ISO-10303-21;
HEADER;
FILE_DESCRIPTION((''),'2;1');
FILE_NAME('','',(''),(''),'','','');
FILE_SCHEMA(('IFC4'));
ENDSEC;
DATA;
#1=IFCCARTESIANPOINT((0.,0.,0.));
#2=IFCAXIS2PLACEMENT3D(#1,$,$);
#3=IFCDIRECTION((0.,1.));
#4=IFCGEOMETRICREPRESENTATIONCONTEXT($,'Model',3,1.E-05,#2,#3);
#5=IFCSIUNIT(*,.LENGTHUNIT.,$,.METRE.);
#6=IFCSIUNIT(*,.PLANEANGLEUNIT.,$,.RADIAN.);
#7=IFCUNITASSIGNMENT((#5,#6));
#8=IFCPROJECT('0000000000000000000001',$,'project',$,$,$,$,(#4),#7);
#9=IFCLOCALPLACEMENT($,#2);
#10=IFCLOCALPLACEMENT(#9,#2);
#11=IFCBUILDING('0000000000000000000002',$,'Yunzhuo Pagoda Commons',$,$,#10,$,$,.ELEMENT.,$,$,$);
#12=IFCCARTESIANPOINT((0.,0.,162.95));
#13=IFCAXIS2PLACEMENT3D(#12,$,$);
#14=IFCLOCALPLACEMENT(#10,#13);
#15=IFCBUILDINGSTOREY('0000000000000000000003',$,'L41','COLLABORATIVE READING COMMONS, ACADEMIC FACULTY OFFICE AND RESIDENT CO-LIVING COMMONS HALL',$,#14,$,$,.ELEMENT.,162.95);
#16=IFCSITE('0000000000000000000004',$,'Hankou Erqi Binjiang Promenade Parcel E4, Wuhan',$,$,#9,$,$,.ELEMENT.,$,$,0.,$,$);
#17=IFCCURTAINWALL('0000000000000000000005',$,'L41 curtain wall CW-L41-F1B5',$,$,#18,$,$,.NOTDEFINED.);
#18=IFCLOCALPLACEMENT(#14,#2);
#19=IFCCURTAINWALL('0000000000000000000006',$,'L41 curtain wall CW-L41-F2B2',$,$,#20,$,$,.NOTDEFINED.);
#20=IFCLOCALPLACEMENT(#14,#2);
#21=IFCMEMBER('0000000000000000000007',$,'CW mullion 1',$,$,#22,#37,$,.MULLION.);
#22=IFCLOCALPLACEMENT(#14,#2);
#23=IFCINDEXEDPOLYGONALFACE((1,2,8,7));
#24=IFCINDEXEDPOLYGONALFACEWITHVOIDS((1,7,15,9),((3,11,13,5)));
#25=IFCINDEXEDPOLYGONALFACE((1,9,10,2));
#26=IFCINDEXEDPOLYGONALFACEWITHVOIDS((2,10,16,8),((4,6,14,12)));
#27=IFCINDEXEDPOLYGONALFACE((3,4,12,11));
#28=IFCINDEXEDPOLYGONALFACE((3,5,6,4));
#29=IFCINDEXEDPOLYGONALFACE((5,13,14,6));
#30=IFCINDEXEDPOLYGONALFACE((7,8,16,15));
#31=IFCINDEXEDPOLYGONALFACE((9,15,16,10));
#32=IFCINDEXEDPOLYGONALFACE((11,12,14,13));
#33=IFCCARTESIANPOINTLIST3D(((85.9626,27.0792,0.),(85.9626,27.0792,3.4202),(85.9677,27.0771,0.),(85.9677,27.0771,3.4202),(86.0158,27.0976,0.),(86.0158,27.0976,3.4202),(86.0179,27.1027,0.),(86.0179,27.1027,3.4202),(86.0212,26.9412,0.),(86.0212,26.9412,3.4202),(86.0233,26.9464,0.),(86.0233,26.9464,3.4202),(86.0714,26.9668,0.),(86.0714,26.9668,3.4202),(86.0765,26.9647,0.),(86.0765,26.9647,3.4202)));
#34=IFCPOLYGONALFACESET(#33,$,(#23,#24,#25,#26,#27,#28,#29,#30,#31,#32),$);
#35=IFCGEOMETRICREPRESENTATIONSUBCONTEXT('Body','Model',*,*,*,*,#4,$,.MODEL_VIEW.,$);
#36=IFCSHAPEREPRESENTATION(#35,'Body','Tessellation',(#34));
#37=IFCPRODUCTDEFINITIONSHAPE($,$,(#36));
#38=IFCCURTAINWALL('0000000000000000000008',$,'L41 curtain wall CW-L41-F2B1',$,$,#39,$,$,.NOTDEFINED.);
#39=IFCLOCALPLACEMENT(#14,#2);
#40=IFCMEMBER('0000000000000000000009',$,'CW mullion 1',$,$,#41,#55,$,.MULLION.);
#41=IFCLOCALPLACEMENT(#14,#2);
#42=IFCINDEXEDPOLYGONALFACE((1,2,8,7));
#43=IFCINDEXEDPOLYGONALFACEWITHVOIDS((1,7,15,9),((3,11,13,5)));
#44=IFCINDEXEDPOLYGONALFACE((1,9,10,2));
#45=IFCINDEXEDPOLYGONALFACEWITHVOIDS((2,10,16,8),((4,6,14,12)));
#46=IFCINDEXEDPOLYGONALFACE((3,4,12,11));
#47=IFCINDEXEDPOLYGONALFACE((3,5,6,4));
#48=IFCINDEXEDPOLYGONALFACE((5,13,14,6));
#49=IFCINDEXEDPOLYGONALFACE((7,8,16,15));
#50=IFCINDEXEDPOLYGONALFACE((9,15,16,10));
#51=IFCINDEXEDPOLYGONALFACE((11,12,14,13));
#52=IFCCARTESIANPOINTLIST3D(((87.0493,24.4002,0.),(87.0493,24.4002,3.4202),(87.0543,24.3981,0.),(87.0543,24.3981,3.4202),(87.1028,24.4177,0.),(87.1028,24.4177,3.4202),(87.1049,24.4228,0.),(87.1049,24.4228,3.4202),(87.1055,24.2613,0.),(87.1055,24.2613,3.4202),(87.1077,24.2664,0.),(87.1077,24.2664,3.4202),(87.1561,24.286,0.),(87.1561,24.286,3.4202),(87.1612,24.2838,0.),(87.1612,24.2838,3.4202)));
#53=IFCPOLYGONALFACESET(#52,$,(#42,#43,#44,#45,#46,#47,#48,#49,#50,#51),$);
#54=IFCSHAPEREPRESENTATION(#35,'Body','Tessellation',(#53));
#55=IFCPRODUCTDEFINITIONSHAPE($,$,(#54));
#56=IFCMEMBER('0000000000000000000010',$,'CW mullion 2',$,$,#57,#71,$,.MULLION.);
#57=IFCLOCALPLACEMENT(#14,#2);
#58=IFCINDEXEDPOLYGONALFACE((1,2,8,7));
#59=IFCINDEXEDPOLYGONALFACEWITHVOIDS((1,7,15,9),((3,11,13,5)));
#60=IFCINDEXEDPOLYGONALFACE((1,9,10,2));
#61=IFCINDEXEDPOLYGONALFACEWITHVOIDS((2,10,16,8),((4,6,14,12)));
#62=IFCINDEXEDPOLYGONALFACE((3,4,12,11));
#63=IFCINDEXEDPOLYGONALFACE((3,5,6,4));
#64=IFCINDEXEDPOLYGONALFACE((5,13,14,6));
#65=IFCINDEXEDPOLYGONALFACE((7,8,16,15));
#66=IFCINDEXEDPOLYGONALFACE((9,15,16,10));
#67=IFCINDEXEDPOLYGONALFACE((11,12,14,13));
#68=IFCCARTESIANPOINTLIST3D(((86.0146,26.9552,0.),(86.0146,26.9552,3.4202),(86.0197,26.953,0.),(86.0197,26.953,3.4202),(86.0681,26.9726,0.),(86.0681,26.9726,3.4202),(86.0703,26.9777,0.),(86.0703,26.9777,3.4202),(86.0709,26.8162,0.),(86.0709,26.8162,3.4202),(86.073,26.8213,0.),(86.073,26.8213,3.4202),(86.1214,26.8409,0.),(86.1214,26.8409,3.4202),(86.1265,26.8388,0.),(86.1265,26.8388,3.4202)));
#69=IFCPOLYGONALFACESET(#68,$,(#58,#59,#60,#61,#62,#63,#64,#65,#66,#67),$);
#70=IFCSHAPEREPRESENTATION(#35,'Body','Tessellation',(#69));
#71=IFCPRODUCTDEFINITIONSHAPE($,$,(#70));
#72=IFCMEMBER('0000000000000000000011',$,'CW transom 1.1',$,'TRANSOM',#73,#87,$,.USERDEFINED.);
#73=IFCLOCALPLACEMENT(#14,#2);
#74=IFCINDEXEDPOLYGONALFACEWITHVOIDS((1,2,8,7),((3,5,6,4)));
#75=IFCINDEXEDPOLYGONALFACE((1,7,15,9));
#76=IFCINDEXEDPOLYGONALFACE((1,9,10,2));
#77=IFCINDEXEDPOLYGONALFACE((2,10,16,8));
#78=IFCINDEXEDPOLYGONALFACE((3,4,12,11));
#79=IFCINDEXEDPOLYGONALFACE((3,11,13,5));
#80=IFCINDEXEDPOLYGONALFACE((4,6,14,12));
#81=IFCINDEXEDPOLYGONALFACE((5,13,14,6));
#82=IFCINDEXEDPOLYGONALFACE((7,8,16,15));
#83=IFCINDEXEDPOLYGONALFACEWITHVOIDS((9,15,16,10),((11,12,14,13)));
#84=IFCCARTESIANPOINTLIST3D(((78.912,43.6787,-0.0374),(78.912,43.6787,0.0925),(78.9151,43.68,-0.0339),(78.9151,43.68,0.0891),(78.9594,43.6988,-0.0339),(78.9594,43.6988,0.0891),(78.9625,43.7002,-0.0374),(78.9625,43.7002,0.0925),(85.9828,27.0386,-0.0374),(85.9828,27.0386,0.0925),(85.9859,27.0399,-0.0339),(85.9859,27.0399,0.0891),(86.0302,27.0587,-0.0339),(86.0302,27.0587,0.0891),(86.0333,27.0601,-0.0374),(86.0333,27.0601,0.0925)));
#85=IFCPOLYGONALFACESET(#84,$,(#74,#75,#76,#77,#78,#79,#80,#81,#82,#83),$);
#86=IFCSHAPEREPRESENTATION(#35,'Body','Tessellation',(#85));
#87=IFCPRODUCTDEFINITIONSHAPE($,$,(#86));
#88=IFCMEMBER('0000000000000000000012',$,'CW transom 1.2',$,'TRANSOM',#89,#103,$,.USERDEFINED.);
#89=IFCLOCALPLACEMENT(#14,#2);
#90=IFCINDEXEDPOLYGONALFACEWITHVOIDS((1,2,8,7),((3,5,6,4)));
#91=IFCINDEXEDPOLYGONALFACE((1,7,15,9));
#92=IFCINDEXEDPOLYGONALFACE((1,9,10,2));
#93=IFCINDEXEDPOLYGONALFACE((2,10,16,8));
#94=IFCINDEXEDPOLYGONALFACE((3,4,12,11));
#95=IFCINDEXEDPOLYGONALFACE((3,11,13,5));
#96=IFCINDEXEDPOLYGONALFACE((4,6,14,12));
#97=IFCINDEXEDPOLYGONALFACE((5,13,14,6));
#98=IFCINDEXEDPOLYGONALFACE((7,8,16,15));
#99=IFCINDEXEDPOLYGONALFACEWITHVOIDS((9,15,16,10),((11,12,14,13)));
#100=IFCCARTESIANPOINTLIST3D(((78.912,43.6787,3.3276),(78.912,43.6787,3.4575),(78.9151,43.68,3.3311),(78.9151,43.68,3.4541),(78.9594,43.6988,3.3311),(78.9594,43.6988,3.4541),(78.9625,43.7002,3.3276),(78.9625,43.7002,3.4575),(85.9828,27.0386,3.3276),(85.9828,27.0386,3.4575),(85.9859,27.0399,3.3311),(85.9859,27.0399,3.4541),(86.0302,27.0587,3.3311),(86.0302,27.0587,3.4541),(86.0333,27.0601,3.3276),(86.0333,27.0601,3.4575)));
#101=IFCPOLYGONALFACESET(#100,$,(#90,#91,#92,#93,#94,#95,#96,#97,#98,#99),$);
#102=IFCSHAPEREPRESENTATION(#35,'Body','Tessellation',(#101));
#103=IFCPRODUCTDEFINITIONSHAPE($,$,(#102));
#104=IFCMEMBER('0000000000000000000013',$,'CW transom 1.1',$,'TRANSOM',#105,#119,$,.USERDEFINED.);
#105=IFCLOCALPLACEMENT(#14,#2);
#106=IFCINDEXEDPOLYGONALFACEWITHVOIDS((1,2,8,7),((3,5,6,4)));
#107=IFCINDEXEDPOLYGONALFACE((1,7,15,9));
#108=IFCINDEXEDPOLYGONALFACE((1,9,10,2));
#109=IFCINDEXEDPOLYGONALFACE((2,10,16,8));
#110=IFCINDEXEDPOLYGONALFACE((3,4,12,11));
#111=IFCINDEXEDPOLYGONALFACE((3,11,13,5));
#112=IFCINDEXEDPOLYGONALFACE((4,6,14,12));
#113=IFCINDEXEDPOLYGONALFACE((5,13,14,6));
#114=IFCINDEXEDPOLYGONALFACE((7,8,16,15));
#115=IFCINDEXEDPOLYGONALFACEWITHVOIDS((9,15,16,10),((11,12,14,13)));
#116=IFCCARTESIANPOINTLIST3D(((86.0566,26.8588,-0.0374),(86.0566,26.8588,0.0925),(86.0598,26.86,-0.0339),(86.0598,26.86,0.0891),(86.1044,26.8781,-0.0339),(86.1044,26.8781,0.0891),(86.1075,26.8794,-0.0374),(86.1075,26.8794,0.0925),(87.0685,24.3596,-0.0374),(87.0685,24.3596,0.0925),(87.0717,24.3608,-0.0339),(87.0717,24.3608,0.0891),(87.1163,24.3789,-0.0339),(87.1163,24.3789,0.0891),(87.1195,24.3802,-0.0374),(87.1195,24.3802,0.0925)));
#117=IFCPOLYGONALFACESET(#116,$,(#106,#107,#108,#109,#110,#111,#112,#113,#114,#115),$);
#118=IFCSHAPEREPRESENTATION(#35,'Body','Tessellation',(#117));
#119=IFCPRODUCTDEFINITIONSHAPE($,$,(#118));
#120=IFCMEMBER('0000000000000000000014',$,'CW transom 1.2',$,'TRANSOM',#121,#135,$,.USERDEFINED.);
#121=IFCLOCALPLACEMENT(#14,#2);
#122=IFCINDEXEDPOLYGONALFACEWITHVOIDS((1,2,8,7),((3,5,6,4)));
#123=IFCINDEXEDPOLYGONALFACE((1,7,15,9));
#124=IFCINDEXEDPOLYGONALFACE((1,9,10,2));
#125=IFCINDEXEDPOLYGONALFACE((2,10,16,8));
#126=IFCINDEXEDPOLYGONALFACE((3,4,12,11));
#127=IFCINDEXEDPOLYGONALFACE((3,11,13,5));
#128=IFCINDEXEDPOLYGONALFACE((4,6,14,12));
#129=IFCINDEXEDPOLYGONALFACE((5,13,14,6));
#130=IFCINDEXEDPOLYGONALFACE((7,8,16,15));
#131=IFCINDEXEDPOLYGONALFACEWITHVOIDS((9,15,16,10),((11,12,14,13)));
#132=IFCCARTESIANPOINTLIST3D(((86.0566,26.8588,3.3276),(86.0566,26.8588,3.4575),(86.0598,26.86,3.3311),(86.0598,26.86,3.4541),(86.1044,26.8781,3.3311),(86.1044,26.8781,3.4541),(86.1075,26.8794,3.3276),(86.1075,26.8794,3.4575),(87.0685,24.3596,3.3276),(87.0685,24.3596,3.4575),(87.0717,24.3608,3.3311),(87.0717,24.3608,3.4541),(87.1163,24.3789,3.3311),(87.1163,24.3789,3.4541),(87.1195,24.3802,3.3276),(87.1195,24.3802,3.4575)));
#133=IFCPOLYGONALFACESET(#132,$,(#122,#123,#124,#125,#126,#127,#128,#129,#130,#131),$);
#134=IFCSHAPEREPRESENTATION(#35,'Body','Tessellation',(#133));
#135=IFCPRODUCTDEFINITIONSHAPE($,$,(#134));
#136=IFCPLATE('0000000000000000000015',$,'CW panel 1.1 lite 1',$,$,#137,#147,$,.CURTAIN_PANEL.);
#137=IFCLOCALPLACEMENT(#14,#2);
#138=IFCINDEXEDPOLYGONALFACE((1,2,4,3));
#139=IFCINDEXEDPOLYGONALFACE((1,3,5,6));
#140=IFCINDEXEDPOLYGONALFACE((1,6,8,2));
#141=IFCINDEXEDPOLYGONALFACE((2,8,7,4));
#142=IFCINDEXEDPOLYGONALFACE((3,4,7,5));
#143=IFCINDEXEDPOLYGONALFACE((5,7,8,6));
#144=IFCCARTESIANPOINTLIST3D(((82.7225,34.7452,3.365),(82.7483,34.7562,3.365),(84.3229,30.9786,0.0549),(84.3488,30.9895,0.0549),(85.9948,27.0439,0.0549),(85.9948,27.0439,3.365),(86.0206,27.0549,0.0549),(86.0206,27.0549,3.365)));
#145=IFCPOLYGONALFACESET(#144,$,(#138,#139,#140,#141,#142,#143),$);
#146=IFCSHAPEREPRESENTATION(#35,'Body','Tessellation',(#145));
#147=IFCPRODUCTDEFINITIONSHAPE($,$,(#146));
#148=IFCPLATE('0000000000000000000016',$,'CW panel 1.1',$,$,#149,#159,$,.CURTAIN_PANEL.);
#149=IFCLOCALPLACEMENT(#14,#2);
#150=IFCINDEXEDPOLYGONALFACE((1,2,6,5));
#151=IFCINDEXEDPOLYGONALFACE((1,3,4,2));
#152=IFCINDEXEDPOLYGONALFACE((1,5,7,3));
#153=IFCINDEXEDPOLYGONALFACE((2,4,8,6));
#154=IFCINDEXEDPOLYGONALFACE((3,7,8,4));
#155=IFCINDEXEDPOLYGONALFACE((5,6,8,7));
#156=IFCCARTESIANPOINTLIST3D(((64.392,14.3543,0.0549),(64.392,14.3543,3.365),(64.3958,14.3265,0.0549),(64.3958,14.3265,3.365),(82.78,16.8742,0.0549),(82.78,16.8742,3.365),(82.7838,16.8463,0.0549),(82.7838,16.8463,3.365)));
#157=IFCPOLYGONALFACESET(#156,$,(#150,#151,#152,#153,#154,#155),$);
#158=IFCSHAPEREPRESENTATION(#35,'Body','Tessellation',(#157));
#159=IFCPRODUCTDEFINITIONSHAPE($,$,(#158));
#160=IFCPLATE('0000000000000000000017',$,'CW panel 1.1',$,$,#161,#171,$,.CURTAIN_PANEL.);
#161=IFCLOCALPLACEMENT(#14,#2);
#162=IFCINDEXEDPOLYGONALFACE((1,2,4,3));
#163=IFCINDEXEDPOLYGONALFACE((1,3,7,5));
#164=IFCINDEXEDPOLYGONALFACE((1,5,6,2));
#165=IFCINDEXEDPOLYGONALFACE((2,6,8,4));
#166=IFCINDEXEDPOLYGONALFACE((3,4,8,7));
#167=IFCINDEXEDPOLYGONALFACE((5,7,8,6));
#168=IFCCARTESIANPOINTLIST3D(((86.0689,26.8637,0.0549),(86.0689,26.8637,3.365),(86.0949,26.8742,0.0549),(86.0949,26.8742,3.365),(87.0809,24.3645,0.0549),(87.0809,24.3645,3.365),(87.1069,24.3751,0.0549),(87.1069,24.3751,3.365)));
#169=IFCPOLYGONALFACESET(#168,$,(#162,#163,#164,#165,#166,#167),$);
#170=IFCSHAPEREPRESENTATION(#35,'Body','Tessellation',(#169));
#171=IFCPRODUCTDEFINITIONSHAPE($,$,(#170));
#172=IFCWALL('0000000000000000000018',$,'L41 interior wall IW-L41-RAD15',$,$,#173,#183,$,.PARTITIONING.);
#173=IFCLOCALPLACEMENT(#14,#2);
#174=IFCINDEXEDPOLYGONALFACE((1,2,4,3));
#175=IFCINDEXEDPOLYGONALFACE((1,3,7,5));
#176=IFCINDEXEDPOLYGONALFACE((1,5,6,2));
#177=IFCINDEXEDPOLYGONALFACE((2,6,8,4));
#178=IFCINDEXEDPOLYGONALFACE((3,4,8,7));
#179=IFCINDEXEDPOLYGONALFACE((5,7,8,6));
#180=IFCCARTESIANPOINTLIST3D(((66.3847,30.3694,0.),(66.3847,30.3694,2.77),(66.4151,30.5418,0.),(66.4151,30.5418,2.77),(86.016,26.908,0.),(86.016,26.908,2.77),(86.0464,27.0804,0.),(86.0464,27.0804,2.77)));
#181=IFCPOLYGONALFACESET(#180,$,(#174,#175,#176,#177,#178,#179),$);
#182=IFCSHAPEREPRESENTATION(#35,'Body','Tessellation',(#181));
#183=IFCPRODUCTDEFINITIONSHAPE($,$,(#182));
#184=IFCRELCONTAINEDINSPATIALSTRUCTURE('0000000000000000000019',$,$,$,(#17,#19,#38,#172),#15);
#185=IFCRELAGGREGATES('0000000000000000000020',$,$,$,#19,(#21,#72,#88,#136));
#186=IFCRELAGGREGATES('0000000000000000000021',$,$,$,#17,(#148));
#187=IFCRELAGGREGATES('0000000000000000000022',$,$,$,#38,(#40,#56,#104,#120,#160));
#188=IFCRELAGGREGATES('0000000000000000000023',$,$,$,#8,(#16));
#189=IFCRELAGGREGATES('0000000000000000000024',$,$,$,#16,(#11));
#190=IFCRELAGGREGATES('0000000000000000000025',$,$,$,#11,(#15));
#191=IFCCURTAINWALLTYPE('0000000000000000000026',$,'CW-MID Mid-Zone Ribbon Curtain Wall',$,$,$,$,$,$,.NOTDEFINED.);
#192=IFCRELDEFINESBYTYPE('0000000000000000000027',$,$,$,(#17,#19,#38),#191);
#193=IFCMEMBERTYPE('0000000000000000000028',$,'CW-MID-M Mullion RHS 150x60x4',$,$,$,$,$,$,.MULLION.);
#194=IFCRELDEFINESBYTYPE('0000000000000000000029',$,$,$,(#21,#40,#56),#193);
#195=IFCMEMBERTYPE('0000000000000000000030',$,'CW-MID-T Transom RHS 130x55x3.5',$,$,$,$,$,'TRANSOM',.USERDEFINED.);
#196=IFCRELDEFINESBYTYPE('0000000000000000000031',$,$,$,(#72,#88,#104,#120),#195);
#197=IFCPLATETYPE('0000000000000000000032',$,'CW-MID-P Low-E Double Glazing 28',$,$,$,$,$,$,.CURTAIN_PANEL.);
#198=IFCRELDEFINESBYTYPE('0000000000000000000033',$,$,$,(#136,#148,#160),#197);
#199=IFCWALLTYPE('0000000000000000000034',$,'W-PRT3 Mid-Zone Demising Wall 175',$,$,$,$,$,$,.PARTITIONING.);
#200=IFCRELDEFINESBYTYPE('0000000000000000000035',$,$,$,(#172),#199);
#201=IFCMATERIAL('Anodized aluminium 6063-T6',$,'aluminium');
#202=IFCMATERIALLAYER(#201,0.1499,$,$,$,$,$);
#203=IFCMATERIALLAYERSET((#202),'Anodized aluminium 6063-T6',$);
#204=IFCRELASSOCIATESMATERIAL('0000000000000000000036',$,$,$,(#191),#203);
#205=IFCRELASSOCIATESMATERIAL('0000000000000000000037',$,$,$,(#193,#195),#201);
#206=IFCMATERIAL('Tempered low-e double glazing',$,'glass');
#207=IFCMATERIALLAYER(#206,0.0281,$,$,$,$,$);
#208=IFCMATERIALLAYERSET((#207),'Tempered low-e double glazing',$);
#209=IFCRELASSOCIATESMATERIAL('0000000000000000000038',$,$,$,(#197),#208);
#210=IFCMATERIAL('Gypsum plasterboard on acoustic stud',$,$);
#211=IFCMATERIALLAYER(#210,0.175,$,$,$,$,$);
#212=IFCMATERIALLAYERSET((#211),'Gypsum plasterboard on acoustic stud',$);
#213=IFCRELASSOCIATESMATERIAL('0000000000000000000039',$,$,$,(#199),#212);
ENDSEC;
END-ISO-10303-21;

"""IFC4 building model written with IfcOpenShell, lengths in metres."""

from ifc_helpers import new_model, si_unit, direction, frame, frame_2d, origin, origin_2d, place, context, subcontext, project, spatial, polyline, rectangle, hollow_rectangle, outline, extrude, source, transform, mapped, material, layer, layer_set, material_profile, profile_set, type_object, element, aggregate, save


model = new_model("IFC4")

# Units and contexts
model_context = context("Model", 3, precision=1e-05, world=origin(), true_north=direction((0.0, 1.0)))
body_context = subcontext(model_context, "Body", "Model", "MODEL_VIEW")
ifc_project = project(units=[si_unit("LENGTHUNIT", "METRE"), si_unit("PLANEANGLEUNIT", "RADIAN")], contexts=[model_context])

# Site, building, storey
site_placement = place(None, origin())
site = spatial("IfcSite", under=ifc_project, at=site_placement, Name="Hankou Erqi Binjiang Promenade Parcel E4, Wuhan", CompositionType="ELEMENT", RefElevation=0.0)
building_placement = place(site_placement, origin())
building = spatial("IfcBuilding", under=site, at=building_placement, Name="Yunzhuo Pagoda Commons", CompositionType="ELEMENT")
storey_placement = place(building_placement, frame((0.0, 0.0, 162.95)))
storey = spatial("IfcBuildingStorey", under=building, at=storey_placement, Name="L41", Description="COLLABORATIVE READING COMMONS, ACADEMIC FACULTY OFFICE AND RESIDENT CO-LIVING COMMONS HALL", CompositionType="ELEMENT", Elevation=162.95)

# Curtain walls, member
ifc_material_1 = material(Name="Anodized aluminium 6063-T6", Category="aluminium")
ifc_layer_1 = layer(ifc_material_1, 0.1499)
ifc_layer_set_1 = layer_set([ifc_layer_1], Name="Anodized aluminium 6063-T6")
curtain_wall_type = type_object("IfcCurtainWallType", Name="CW-MID Mid-Zone Ribbon Curtain Wall", PredefinedType="NOTDEFINED", material=ifc_layer_set_1)
curtain_wall_1_placement = place(storey_placement, origin())
curtain_wall_1 = element("IfcCurtainWall", 1, at=curtain_wall_1_placement, inside=storey, type_object=curtain_wall_type, Name="L41 curtain wall CW-L41-F1B5", PredefinedType="NOTDEFINED")
ifc_material_profile_1 = material_profile(ifc_material_1, hollow_rectangle(XDim=0.0601, YDim=0.1499, WallThickness=0.0039, at=origin_2d()), Name="Anodized aluminium 6063-T6")
ifc_profile_set_1 = profile_set([ifc_material_profile_1], Name="Anodized aluminium 6063-T6")
member_type_1 = type_object("IfcMemberType", Name="CW-MID-M Mullion RHS 150x60x4", PredefinedType="MULLION", material=ifc_profile_set_1)
shared_shape_1 = source(origin(), body_context, "Body", "SweptSolid", [
    extrude(hollow_rectangle(XDim=0.0601, YDim=0.1499, WallThickness=0.0039, at=origin_2d()), origin(), (0.0, 0.0, 1.0), 3.4202),
])
curtain_wall_2_placement = place(storey_placement, origin())
curtain_wall_2 = element("IfcCurtainWall", 2, at=curtain_wall_2_placement, inside=storey, type_object=curtain_wall_type, Name="L41 curtain wall CW-L41-F2B2", PredefinedType="NOTDEFINED")
member_1_placement = place(storey_placement, frame((86.0195, 27.022, 0.0), z_axis=(0.0, 0.0, 1.0), x_axis=(-0.920364, -0.391063, 0.0)))
member_1 = element("IfcMember", 3, at=member_1_placement, type_object=member_type_1, Name="CW mullion 1", PredefinedType="MULLION", context=body_context, shape_type="MappedRepresentation", body=[
    mapped(shared_shape_1, transform((0.0, 0.0, 0.0), scale=1.0)),
])

# Curtain wall, members
curtain_wall_3_placement = place(storey_placement, origin())
curtain_wall_3 = element("IfcCurtainWall", 4, at=curtain_wall_3_placement, inside=storey, type_object=curtain_wall_type, Name="L41 curtain wall CW-L41-F2B1", PredefinedType="NOTDEFINED")
member_2_placement = place(storey_placement, frame((87.1052, 24.342, 0.0), z_axis=(0.0, 0.0, 1.0), x_axis=(-0.926896, -0.375318, 0.0)))
member_2 = element("IfcMember", 5, at=member_2_placement, type_object=member_type_1, Name="CW mullion 1", PredefinedType="MULLION", context=body_context, shape_type="MappedRepresentation", body=[
    mapped(shared_shape_1, transform((0.0, 0.0, 0.0), scale=1.0)),
])
member_3_placement = place(storey_placement, frame((86.0706, 26.897, 0.0), z_axis=(0.0, 0.0, 1.0), x_axis=(-0.926896, -0.375318, 0.0)))
member_3 = element("IfcMember", 6, at=member_3_placement, type_object=member_type_1, Name="CW mullion 2", PredefinedType="MULLION", context=body_context, shape_type="MappedRepresentation", body=[
    mapped(shared_shape_1, transform((0.0, 0.0, 0.0), scale=1.0)),
])

# Members
ifc_material_profile_2 = material_profile(ifc_material_1, hollow_rectangle(XDim=0.0549, YDim=0.1299, WallThickness=0.0034, at=origin_2d()), Name="Anodized aluminium 6063-T6")
ifc_profile_set_2 = profile_set([ifc_material_profile_2], Name="Anodized aluminium 6063-T6")
member_type_2 = type_object("IfcMemberType", Name="CW-MID-T Transom RHS 130x55x3.5", ElementType="TRANSOM", PredefinedType="USERDEFINED", material=ifc_profile_set_2)
shared_shape_2 = source(origin(), body_context, "Body", "SweptSolid", [
    extrude(hollow_rectangle(XDim=0.0549, YDim=0.1299, WallThickness=0.0034, at=origin_2d()), origin(), (0.0, 0.0, 1.0), 18.0801),
])
member_4_placement = place(storey_placement, frame((86.0081, 27.0493, 0.0276), z_axis=(-0.391082, 0.920356, 0.0), x_axis=(-0.920356, -0.391082, 0.0)))
member_4 = element("IfcMember", 7, at=member_4_placement, type_object=member_type_2, Name="CW transom 1.1", ObjectType="TRANSOM", PredefinedType="USERDEFINED", context=body_context, shape_type="MappedRepresentation", body=[
    mapped(shared_shape_2, transform((0.0, 0.0, 0.0), scale=1.0)),
])
member_5_placement = place(storey_placement, frame((86.0081, 27.0493, 3.3926), z_axis=(-0.391082, 0.920356, 0.0), x_axis=(-0.920356, -0.391082, 0.0)))
member_5 = element("IfcMember", 8, at=member_5_placement, type_object=member_type_2, Name="CW transom 1.2", ObjectType="TRANSOM", PredefinedType="USERDEFINED", context=body_context, shape_type="MappedRepresentation", body=[
    mapped(shared_shape_2, transform((0.0, 0.0, 0.0), scale=1.0)),
])
shared_shape_3 = source(origin(), body_context, "Body", "SweptSolid", [
    extrude(hollow_rectangle(XDim=0.0549, YDim=0.1299, WallThickness=0.0034, at=origin_2d()), origin(), (0.0, 0.0, 1.0), 2.6963),
])
member_6_placement = place(storey_placement, frame((87.094, 24.3699, 0.0276), z_axis=(-0.375306, 0.926901, 0.0), x_axis=(-0.926901, -0.375306, 0.0)))
member_6 = element("IfcMember", 9, at=member_6_placement, type_object=member_type_2, Name="CW transom 1.1", ObjectType="TRANSOM", PredefinedType="USERDEFINED", context=body_context, shape_type="MappedRepresentation", body=[
    mapped(shared_shape_3, transform((0.0, 0.0, 0.0), scale=1.0)),
])
member_7_placement = place(storey_placement, frame((87.094, 24.3699, 3.3926), z_axis=(-0.375306, 0.926901, 0.0), x_axis=(-0.926901, -0.375306, 0.0)))
member_7 = element("IfcMember", 10, at=member_7_placement, type_object=member_type_2, Name="CW transom 1.2", ObjectType="TRANSOM", PredefinedType="USERDEFINED", context=body_context, shape_type="MappedRepresentation", body=[
    mapped(shared_shape_3, transform((0.0, 0.0, 0.0), scale=1.0)),
])

# Plates
ifc_material_2 = material(Name="Tempered low-e double glazing", Category="glass")
ifc_layer_2 = layer(ifc_material_2, 0.0281)
ifc_layer_set_2 = layer_set([ifc_layer_2], Name="Tempered low-e double glazing")
plate_type = type_object("IfcPlateType", Name="CW-MID-P Low-E Double Glazing 28", PredefinedType="CURTAIN_PANEL", material=ifc_layer_set_2)
plate_1_placement = place(storey_placement, frame((84.3586, 30.8945, 1.71), z_axis=(0.920364, 0.391063, 0.0), x_axis=(-0.391063, 0.920364, 0.0)))
plate_1 = element("IfcPlate", 11, at=plate_1_placement, type_object=plate_type, Name="CW panel 1.1 lite 1", PredefinedType="CURTAIN_PANEL", context=body_context, shape_type="SweptSolid", body=[
    extrude(outline(polyline([(-4.1838, -1.655), (0.0913, -1.655), (4.1838, 1.655), (-4.1838, 1.655), (-4.1838, -1.655)])), origin(), (0.0, 0.0, 1.0), 0.0281),
])
aggregate(curtain_wall_2, [member_1, member_4, member_5, plate_1])
shared_shape_4 = source(origin(), body_context, "Body", "SweptSolid", [
    extrude(rectangle(XDim=18.5598, YDim=0.0281, at=origin_2d()), origin(), (0.0, 0.0, 1.0), 3.3101),
])
plate_2_placement = place(storey_placement, frame((73.5879, 15.6003, 0.0549), z_axis=(0.0, 0.0, 1.0), x_axis=(0.990741, 0.135767, 0.0)))
plate_2 = element("IfcPlate", 12, at=plate_2_placement, type_object=plate_type, Name="CW panel 1.1", PredefinedType="CURTAIN_PANEL", context=body_context, shape_type="MappedRepresentation", body=[
    mapped(shared_shape_4, transform((0.0, 0.0, 0.0), scale=1.0)),
])
aggregate(curtain_wall_1, [plate_2])
shared_shape_5 = source(origin(), body_context, "Body", "SweptSolid", [
    extrude(rectangle(XDim=2.6963, YDim=0.0281, at=origin_2d()), origin(), (0.0, 0.0, 1.0), 3.3101),
])
plate_3_placement = place(storey_placement, frame((86.5879, 25.6194, 0.0549), z_axis=(0.0, 0.0, 1.0), x_axis=(-0.375318, 0.926896, 0.0)))
plate_3 = element("IfcPlate", 13, at=plate_3_placement, type_object=plate_type, Name="CW panel 1.1", PredefinedType="CURTAIN_PANEL", context=body_context, shape_type="MappedRepresentation", body=[
    mapped(shared_shape_5, transform((0.0, 0.0, 0.0), scale=1.0)),
])
aggregate(curtain_wall_3, [member_2, member_3, member_6, member_7, plate_3])

# Wall
ifc_material_3 = material(Name="Gypsum plasterboard on acoustic stud")
ifc_layer_3 = layer(ifc_material_3, 0.175)
ifc_layer_set_3 = layer_set([ifc_layer_3], Name="Gypsum plasterboard on acoustic stud")
wall_type_1 = type_object("IfcWallType", Name="W-PRT3 Mid-Zone Demising Wall 175", PredefinedType="PARTITIONING", material=ifc_layer_set_3)
wall_1_placement = place(storey_placement, frame((66.3999, 30.4556, 0.0), z_axis=(0.0, 0.0, 1.0), x_axis=(0.984809, -0.173643, 0.0)))
element("IfcWall", 14, at=wall_1_placement, inside=storey, type_object=wall_type_1, Name="L41 interior wall IW-L41-RAD15", PredefinedType="PARTITIONING", context=body_context, shape_type="SweptSolid", body=[
    extrude(rectangle(XDim=19.9341, YDim=0.175, at=frame_2d((9.967, 0.0))), origin(), (0.0, 0.0, 1.0), 2.77),
])

save(model, "model.ifc")
